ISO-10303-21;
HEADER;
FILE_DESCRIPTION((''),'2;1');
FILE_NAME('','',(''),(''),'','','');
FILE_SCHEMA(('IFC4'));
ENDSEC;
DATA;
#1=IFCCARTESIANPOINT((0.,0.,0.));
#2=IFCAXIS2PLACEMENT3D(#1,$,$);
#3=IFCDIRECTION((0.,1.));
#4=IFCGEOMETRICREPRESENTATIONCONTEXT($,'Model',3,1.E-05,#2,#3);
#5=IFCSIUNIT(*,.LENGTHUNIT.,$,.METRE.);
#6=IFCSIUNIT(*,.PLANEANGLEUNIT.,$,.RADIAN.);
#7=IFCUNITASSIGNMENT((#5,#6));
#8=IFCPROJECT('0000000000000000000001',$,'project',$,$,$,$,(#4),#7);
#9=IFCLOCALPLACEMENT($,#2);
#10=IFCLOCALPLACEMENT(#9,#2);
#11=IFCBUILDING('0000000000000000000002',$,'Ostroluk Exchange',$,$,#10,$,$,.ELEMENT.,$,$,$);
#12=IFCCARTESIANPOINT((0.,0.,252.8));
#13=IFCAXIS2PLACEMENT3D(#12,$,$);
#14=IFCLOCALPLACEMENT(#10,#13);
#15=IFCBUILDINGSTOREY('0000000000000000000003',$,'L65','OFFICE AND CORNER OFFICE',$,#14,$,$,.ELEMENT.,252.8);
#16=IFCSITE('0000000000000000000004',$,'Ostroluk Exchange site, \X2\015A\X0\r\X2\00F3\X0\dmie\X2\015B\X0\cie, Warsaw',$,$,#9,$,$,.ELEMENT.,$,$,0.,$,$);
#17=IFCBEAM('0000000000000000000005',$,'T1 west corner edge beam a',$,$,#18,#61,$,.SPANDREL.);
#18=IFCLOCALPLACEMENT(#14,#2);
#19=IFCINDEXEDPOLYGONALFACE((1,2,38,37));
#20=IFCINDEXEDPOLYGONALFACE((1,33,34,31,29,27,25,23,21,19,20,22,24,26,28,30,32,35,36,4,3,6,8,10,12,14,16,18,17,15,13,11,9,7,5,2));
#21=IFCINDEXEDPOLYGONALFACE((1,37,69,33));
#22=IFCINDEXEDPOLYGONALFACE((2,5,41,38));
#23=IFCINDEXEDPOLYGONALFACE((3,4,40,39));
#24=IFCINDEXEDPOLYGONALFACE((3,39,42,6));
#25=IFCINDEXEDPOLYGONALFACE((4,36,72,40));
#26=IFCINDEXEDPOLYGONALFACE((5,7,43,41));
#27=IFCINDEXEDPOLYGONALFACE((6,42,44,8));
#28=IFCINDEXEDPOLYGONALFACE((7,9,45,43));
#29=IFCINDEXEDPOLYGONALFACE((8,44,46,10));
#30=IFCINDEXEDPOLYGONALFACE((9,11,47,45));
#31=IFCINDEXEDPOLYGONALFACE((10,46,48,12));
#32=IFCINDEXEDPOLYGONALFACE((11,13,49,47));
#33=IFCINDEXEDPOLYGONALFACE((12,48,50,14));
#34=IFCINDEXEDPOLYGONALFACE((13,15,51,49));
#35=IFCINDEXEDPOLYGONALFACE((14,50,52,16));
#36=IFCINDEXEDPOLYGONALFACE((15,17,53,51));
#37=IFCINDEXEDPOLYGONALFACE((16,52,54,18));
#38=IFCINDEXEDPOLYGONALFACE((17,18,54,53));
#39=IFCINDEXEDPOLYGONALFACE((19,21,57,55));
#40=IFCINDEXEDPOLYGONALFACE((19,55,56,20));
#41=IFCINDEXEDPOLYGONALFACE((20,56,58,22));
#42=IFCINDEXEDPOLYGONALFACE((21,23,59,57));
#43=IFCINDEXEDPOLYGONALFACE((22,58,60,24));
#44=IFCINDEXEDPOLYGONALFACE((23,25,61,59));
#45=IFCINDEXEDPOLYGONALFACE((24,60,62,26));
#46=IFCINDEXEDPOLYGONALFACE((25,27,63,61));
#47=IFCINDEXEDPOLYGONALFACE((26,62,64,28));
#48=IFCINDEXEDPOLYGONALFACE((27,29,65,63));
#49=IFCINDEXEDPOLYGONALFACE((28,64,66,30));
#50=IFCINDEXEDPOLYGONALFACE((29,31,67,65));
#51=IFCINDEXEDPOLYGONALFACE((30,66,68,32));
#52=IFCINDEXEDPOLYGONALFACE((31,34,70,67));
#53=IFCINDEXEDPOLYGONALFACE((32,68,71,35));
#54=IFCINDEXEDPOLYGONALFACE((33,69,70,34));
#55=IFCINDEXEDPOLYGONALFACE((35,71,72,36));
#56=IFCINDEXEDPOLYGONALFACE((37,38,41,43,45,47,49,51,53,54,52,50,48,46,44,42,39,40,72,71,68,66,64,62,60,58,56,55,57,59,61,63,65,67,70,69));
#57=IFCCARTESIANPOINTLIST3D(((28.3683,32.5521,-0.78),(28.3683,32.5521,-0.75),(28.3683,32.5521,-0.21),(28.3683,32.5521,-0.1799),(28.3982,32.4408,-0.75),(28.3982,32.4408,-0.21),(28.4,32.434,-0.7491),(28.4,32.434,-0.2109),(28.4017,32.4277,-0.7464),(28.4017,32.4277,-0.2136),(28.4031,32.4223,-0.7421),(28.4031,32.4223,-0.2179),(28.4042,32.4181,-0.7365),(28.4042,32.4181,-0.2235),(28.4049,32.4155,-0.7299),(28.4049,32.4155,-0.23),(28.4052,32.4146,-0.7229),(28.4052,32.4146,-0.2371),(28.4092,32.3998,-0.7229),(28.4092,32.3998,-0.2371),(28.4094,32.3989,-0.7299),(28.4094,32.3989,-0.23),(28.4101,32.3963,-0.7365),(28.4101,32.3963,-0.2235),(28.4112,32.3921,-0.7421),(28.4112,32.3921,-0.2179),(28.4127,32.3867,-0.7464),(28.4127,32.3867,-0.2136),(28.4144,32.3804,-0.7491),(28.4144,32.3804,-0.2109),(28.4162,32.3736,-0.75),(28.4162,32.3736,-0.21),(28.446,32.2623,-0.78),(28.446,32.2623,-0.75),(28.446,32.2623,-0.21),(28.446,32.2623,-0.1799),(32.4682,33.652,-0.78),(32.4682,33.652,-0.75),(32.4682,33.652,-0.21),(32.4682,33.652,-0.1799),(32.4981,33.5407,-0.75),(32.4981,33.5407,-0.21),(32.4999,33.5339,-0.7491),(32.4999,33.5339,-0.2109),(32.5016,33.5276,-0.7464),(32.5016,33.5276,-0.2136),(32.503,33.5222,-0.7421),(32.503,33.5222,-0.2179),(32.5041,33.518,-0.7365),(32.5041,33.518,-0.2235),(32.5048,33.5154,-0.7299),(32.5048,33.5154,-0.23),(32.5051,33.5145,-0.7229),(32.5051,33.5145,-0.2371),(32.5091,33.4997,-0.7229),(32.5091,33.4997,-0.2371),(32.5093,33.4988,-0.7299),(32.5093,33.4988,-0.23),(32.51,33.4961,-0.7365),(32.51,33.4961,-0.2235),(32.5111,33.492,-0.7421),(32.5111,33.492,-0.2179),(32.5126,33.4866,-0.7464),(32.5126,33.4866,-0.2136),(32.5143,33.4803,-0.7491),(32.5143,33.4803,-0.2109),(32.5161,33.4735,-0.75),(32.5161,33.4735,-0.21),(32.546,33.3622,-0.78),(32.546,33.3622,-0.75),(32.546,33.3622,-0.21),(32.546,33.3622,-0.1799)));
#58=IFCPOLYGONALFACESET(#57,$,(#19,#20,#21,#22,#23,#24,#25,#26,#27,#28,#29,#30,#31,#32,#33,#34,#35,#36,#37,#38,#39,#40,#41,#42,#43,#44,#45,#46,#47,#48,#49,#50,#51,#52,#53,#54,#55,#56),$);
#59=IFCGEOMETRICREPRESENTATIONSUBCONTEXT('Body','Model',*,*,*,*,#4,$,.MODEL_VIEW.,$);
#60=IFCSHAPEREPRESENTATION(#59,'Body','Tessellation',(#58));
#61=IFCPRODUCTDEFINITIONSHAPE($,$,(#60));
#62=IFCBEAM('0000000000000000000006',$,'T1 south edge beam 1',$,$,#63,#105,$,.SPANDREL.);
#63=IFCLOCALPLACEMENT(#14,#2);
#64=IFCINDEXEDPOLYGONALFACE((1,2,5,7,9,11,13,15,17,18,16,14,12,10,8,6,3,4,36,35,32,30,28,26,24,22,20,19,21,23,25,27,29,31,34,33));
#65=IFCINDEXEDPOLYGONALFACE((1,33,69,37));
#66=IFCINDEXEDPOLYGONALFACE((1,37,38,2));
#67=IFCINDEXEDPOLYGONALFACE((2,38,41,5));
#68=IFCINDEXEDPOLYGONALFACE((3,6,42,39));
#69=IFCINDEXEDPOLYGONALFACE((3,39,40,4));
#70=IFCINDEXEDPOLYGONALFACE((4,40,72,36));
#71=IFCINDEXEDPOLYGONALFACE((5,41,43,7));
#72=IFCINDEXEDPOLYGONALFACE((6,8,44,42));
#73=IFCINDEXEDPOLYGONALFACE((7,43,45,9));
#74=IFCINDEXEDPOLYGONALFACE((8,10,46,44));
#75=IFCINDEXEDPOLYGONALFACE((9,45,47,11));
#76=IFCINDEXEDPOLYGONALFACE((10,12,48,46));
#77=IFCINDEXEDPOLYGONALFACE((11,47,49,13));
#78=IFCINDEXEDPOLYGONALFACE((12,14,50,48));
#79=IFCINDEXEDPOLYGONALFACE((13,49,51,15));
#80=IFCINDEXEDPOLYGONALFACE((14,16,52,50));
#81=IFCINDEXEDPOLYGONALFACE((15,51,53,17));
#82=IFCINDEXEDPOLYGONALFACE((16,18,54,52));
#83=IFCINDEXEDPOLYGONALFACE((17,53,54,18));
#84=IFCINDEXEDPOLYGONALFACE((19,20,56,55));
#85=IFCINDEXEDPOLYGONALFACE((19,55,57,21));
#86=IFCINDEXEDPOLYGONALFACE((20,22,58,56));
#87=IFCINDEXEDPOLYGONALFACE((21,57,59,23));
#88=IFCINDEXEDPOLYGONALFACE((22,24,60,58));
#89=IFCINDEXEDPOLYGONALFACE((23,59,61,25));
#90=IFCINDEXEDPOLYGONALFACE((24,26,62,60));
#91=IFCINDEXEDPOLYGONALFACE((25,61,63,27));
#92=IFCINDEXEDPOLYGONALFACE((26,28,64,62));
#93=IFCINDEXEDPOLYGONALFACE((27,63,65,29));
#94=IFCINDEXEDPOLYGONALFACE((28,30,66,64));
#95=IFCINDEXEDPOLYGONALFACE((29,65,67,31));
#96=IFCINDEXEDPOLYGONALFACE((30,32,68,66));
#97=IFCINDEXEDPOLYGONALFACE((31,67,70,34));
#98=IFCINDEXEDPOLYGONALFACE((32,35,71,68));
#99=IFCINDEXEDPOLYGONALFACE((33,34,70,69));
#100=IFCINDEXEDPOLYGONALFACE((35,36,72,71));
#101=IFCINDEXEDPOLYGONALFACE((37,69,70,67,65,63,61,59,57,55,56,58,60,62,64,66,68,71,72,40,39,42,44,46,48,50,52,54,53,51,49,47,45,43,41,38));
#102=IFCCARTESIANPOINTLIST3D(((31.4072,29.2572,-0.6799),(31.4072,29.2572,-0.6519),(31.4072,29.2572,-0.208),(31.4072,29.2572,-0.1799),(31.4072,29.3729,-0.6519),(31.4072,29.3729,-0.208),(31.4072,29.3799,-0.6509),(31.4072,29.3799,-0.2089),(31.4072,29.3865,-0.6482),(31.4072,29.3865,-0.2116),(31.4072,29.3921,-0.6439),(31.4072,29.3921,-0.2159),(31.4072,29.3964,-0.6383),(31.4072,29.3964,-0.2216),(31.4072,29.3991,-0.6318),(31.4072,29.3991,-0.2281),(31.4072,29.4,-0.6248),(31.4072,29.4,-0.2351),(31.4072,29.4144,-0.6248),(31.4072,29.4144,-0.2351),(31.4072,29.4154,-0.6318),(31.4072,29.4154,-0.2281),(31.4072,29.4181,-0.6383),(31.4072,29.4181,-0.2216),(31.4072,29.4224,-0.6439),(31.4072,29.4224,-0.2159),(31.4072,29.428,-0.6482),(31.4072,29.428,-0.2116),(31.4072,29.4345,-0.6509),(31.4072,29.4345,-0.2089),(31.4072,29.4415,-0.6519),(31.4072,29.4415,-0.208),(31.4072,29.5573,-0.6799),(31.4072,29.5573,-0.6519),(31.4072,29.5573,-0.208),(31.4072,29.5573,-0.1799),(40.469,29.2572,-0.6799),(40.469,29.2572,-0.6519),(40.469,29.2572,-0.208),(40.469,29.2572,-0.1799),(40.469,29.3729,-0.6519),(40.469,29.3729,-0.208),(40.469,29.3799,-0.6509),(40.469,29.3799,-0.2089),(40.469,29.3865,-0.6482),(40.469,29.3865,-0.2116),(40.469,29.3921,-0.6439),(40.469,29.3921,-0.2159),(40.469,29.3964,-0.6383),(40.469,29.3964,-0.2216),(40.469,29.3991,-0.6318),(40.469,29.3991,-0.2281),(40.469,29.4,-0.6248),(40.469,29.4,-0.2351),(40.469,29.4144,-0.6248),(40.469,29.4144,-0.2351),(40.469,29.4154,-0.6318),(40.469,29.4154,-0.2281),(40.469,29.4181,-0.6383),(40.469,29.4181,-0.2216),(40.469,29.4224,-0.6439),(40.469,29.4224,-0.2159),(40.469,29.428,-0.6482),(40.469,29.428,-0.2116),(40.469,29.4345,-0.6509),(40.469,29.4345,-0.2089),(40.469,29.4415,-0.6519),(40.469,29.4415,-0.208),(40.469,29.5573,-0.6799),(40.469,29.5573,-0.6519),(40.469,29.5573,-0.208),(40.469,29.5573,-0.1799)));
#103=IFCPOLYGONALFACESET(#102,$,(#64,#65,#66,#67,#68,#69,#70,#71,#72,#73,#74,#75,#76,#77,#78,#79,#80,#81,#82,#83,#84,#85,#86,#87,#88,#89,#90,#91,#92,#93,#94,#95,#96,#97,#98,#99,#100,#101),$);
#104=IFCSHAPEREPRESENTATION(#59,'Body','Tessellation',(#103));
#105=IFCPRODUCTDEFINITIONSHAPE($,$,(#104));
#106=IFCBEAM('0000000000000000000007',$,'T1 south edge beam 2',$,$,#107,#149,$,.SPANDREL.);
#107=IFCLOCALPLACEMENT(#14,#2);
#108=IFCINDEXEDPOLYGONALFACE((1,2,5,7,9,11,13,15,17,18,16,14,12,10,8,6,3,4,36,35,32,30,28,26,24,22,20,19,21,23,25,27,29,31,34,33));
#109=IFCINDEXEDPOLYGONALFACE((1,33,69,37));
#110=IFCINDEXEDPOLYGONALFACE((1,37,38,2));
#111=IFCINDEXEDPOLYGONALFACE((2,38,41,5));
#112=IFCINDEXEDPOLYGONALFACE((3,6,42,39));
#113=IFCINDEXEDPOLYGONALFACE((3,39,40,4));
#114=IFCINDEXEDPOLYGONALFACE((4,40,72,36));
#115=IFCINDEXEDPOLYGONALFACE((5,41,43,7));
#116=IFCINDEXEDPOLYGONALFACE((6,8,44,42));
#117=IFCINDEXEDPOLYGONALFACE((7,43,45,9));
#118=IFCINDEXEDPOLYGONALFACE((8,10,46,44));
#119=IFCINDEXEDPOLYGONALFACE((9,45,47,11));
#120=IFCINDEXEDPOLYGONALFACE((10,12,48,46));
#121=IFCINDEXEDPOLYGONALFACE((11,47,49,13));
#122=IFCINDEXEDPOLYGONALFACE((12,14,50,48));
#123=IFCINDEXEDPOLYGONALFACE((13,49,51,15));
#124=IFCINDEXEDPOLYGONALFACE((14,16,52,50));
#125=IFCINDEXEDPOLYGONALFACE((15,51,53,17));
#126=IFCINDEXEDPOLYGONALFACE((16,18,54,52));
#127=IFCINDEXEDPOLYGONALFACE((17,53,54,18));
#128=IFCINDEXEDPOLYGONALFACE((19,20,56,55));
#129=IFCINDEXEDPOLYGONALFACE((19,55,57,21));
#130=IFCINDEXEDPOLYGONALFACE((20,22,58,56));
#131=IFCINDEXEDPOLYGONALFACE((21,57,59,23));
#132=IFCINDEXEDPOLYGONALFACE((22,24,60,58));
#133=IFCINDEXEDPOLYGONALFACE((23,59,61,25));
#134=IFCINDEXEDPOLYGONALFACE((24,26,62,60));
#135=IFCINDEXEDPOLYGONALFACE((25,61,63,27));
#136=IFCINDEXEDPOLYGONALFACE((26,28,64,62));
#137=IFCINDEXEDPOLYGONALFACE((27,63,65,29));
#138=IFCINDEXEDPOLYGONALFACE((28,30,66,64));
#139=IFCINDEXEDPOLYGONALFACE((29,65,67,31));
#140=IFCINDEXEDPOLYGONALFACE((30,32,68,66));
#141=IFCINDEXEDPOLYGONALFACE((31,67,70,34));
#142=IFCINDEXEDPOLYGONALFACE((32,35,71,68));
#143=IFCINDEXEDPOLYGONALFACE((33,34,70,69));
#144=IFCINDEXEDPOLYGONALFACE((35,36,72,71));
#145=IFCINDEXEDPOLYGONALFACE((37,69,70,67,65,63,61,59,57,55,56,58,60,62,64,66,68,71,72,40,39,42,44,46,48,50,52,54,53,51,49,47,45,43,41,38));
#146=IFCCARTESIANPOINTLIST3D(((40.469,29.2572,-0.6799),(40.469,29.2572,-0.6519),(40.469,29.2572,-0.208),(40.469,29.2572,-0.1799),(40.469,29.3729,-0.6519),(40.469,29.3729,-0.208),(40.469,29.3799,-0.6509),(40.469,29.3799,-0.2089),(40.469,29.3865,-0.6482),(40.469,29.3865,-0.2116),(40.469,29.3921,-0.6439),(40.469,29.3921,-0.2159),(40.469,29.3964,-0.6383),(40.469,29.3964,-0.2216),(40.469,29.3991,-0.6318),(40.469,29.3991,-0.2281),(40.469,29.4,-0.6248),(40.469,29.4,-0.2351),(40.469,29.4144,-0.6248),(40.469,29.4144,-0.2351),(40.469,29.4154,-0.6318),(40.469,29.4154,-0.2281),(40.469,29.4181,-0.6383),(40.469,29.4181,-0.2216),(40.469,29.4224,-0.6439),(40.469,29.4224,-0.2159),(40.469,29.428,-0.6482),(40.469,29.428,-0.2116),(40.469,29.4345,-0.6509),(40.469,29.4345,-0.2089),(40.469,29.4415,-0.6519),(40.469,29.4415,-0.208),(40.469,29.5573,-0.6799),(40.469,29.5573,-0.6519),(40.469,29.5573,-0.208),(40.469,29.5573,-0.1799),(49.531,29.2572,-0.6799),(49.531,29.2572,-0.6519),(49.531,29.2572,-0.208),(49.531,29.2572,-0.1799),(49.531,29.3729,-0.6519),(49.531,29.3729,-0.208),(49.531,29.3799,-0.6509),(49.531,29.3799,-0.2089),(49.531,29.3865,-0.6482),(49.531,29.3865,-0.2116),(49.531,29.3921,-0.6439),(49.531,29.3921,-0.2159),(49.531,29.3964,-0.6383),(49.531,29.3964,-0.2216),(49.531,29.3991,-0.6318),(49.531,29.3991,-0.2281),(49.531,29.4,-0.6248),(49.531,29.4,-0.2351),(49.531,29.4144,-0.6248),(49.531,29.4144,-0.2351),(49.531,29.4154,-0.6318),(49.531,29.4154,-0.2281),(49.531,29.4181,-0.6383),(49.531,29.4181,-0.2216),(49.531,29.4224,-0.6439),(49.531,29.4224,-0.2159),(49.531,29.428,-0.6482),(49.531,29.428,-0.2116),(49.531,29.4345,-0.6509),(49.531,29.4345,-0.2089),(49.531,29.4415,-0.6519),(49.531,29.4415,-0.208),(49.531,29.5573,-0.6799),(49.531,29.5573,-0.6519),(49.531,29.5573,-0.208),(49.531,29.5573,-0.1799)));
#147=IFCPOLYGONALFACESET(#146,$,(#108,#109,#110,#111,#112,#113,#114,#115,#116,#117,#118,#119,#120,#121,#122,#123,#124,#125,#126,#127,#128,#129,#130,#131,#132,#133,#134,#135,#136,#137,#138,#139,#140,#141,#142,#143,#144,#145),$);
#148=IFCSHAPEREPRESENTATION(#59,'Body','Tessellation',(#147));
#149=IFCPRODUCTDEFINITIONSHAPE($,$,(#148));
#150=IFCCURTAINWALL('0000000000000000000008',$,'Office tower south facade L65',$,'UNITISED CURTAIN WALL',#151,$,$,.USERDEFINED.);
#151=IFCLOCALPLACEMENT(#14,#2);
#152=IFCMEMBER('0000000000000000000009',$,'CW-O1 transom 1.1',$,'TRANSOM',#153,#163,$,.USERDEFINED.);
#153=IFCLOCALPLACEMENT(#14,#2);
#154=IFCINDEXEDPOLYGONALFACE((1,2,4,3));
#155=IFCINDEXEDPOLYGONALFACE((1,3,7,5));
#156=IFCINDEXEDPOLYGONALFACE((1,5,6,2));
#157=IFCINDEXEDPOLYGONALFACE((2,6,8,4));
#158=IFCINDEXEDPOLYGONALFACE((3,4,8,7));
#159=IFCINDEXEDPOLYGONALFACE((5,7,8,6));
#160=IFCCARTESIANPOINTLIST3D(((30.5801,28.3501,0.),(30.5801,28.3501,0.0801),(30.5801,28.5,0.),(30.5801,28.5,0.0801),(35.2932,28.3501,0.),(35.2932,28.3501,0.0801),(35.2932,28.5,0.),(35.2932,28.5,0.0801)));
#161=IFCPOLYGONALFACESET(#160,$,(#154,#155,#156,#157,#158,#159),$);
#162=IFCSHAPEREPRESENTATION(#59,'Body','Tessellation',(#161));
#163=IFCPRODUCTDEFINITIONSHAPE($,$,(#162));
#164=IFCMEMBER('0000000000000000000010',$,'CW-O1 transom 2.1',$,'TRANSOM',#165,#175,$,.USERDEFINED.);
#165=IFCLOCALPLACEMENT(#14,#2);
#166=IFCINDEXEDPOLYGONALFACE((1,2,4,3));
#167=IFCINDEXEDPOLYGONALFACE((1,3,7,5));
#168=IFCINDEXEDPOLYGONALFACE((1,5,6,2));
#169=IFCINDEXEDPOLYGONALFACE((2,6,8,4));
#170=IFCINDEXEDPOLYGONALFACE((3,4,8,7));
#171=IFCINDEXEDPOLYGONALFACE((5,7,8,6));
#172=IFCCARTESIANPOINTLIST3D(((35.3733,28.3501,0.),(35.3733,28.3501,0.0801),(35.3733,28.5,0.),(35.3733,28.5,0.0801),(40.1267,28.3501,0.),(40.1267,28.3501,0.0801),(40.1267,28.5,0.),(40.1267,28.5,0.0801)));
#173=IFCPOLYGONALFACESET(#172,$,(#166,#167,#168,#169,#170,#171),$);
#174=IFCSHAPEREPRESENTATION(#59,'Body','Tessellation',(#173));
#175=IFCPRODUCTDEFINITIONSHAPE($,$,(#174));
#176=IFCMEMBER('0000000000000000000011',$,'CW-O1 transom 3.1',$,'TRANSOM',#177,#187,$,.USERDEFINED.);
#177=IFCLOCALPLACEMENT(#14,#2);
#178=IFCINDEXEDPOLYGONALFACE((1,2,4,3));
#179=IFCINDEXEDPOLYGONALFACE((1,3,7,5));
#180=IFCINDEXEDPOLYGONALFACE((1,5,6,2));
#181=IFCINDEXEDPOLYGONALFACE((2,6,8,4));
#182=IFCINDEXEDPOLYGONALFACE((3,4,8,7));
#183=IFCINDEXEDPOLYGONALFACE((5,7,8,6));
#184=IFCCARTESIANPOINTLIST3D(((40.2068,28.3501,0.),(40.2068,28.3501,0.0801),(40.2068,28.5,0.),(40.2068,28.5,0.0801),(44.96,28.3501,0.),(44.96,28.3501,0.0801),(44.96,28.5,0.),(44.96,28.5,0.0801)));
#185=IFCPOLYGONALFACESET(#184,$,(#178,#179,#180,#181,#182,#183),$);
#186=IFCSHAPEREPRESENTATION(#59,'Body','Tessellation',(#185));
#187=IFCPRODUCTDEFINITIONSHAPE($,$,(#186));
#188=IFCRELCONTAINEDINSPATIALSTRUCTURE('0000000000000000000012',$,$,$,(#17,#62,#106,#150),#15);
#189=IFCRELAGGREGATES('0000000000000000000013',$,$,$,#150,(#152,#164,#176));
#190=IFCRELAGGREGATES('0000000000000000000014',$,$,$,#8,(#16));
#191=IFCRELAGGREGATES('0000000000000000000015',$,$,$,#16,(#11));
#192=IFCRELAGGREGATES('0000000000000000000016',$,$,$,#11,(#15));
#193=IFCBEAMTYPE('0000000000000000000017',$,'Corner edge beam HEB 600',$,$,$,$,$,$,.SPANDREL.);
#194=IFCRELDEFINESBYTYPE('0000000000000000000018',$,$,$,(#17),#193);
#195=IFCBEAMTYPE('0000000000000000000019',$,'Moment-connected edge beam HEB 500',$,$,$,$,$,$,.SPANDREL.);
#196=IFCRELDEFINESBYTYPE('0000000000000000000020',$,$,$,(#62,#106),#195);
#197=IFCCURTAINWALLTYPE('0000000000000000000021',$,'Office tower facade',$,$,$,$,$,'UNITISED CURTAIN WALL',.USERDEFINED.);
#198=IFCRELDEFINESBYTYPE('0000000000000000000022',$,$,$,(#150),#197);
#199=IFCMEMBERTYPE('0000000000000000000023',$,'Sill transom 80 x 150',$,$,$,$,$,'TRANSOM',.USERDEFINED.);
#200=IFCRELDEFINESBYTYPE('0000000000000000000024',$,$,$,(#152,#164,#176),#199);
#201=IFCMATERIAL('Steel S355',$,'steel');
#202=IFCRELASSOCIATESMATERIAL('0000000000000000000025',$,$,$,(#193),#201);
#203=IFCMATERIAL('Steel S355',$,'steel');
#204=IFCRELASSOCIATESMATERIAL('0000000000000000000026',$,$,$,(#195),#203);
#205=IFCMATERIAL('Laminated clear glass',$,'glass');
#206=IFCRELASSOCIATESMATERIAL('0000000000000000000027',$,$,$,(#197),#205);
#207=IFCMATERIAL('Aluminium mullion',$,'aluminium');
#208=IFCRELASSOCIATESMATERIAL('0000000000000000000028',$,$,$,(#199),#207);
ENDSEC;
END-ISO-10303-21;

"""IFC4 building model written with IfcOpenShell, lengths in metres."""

from ifc_helpers import new_model, si_unit, direction, frame, origin, origin_2d, place, context, subcontext, project, spatial, rectangle, i_section, extrude, material, material_profile, profile_set, type_object, element, aggregate, save


model = new_model("IFC4")

# Units and contexts
model_context = context("Model", 3, precision=1e-05, world=origin(), true_north=direction((0.0, 1.0)))
body_context = subcontext(model_context, "Body", "Model", "MODEL_VIEW")
ifc_project = project(units=[si_unit("LENGTHUNIT", "METRE"), si_unit("PLANEANGLEUNIT", "RADIAN")], contexts=[model_context])

# Site, building, storey
site_placement = place(None, origin())
site = spatial("IfcSite", under=ifc_project, at=site_placement, Name="Ostroluk Exchange site, Śródmieście, Warsaw", CompositionType="ELEMENT", RefElevation=0.0)
building_placement = place(site_placement, origin())
building = spatial("IfcBuilding", under=site, at=building_placement, Name="Ostroluk Exchange", CompositionType="ELEMENT")
storey_placement = place(building_placement, frame((0.0, 0.0, 252.8)))
storey = spatial("IfcBuildingStorey", under=building, at=storey_placement, Name="L65", Description="OFFICE AND CORNER OFFICE", CompositionType="ELEMENT", Elevation=252.8)

# Beams
ifc_material_1 = material(Name="Steel S355", Category="steel")
ifc_material_profile_1 = material_profile(ifc_material_1, i_section(OverallWidth=0.3, OverallDepth=0.6001, WebThickness=0.0154, FlangeThickness=0.03, FilletRadius=0.0271, at=origin_2d()), Name="HEB 600")
ifc_profile_set_1 = profile_set([ifc_material_profile_1], Name="Steel S355")
beam_type_1 = type_object("IfcBeamType", Name="Corner edge beam HEB 600", PredefinedType="SPANDREL", material=ifc_profile_set_1)
beam_1_placement = place(storey_placement, frame((32.5071, 33.5071, -0.48), z_axis=(-0.965849, -0.259105, 0.0), x_axis=(0.259105, -0.965849, 0.0)))
element("IfcBeam", 1, at=beam_1_placement, inside=storey, type_object=beam_type_1, Name="T1 west corner edge beam a", PredefinedType="SPANDREL", context=body_context, shape_type="SweptSolid", body=[
    extrude(i_section(OverallWidth=0.3, OverallDepth=0.6001, WebThickness=0.0154, FlangeThickness=0.03, FilletRadius=0.0271, at=origin_2d()), origin(), (0.0, 0.0, 1.0), 4.2449),
])
ifc_material_2 = material(Name="Steel S355", Category="steel")
ifc_material_profile_2 = material_profile(ifc_material_2, i_section(OverallWidth=0.3, OverallDepth=0.5, WebThickness=0.0144, FlangeThickness=0.0281, FilletRadius=0.0271, at=origin_2d()), Name="HEB 500")
ifc_profile_set_2 = profile_set([ifc_material_profile_2], Name="Steel S355")
beam_type_2 = type_object("IfcBeamType", Name="Moment-connected edge beam HEB 500", PredefinedType="SPANDREL", material=ifc_profile_set_2)
beam_2_placement = place(storey_placement, frame((31.4072, 29.4072, -0.4299), z_axis=(1.0, 0.0, 0.0), x_axis=(0.0, 1.0, 0.0)))
element("IfcBeam", 2, at=beam_2_placement, inside=storey, type_object=beam_type_2, Name="T1 south edge beam 1", PredefinedType="SPANDREL", context=body_context, shape_type="SweptSolid", body=[
    extrude(i_section(OverallWidth=0.3, OverallDepth=0.5, WebThickness=0.0144, FlangeThickness=0.0281, FilletRadius=0.0271, at=origin_2d()), origin(), (0.0, 0.0, 1.0), 9.0618),
])
beam_3_placement = place(storey_placement, frame((40.469, 29.4072, -0.4299), z_axis=(1.0, 0.0, 0.0), x_axis=(0.0, 1.0, 0.0)))
element("IfcBeam", 3, at=beam_3_placement, inside=storey, type_object=beam_type_2, Name="T1 south edge beam 2", PredefinedType="SPANDREL", context=body_context, shape_type="SweptSolid", body=[
    extrude(i_section(OverallWidth=0.3, OverallDepth=0.5, WebThickness=0.0144, FlangeThickness=0.0281, FilletRadius=0.0271, at=origin_2d()), origin(), (0.0, 0.0, 1.0), 9.062),
])

# Curtain wall, members
ifc_material_3 = material(Name="Laminated clear glass", Category="glass")
curtain_wall_type = type_object("IfcCurtainWallType", Name="Office tower facade", ElementType="UNITISED CURTAIN WALL", PredefinedType="USERDEFINED", material=ifc_material_3)
curtain_wall_1_placement = place(storey_placement, origin())
curtain_wall_1 = element("IfcCurtainWall", 4, at=curtain_wall_1_placement, inside=storey, type_object=curtain_wall_type, Name="Office tower south facade L65", ObjectType="UNITISED CURTAIN WALL", PredefinedType="USERDEFINED")
ifc_material_4 = material(Name="Aluminium mullion", Category="aluminium")
ifc_material_profile_3 = material_profile(ifc_material_4, rectangle(XDim=0.1499, YDim=0.0801, at=origin_2d()), Name="Sill transom 80 x 150")
ifc_profile_set_3 = profile_set([ifc_material_profile_3], Name="Aluminium mullion")
member_type_1 = type_object("IfcMemberType", Name="Sill transom 80 x 150", ElementType="TRANSOM", PredefinedType="USERDEFINED", material=ifc_profile_set_3)
member_1_placement = place(storey_placement, frame((30.5801, 28.425, 0.04), z_axis=(1.0, 0.0, 0.0), x_axis=(0.0, 1.0, 0.0)))
member_1 = element("IfcMember", 5, at=member_1_placement, type_object=member_type_1, Name="CW-O1 transom 1.1", ObjectType="TRANSOM", PredefinedType="USERDEFINED", context=body_context, shape_type="SweptSolid", body=[
    extrude(rectangle(XDim=0.1499, YDim=0.0801, at=origin_2d()), origin(), (0.0, 0.0, 1.0), 4.7131),
])
member_2_placement = place(storey_placement, frame((35.3733, 28.425, 0.04), z_axis=(1.0, 0.0, 0.0), x_axis=(0.0, 1.0, 0.0)))
member_2 = element("IfcMember", 6, at=member_2_placement, type_object=member_type_1, Name="CW-O1 transom 2.1", ObjectType="TRANSOM", PredefinedType="USERDEFINED", context=body_context, shape_type="SweptSolid", body=[
    extrude(rectangle(XDim=0.1499, YDim=0.0801, at=origin_2d()), origin(), (0.0, 0.0, 1.0), 4.7534),
])
member_3_placement = place(storey_placement, frame((40.2068, 28.425, 0.04), z_axis=(1.0, 0.0, 0.0), x_axis=(0.0, 1.0, 0.0)))
member_3 = element("IfcMember", 7, at=member_3_placement, type_object=member_type_1, Name="CW-O1 transom 3.1", ObjectType="TRANSOM", PredefinedType="USERDEFINED", context=body_context, shape_type="SweptSolid", body=[
    extrude(rectangle(XDim=0.1499, YDim=0.0801, at=origin_2d()), origin(), (0.0, 0.0, 1.0), 4.7532),
])

aggregate(curtain_wall_1, [member_1, member_2, member_3])

save(model, "model.ifc")
